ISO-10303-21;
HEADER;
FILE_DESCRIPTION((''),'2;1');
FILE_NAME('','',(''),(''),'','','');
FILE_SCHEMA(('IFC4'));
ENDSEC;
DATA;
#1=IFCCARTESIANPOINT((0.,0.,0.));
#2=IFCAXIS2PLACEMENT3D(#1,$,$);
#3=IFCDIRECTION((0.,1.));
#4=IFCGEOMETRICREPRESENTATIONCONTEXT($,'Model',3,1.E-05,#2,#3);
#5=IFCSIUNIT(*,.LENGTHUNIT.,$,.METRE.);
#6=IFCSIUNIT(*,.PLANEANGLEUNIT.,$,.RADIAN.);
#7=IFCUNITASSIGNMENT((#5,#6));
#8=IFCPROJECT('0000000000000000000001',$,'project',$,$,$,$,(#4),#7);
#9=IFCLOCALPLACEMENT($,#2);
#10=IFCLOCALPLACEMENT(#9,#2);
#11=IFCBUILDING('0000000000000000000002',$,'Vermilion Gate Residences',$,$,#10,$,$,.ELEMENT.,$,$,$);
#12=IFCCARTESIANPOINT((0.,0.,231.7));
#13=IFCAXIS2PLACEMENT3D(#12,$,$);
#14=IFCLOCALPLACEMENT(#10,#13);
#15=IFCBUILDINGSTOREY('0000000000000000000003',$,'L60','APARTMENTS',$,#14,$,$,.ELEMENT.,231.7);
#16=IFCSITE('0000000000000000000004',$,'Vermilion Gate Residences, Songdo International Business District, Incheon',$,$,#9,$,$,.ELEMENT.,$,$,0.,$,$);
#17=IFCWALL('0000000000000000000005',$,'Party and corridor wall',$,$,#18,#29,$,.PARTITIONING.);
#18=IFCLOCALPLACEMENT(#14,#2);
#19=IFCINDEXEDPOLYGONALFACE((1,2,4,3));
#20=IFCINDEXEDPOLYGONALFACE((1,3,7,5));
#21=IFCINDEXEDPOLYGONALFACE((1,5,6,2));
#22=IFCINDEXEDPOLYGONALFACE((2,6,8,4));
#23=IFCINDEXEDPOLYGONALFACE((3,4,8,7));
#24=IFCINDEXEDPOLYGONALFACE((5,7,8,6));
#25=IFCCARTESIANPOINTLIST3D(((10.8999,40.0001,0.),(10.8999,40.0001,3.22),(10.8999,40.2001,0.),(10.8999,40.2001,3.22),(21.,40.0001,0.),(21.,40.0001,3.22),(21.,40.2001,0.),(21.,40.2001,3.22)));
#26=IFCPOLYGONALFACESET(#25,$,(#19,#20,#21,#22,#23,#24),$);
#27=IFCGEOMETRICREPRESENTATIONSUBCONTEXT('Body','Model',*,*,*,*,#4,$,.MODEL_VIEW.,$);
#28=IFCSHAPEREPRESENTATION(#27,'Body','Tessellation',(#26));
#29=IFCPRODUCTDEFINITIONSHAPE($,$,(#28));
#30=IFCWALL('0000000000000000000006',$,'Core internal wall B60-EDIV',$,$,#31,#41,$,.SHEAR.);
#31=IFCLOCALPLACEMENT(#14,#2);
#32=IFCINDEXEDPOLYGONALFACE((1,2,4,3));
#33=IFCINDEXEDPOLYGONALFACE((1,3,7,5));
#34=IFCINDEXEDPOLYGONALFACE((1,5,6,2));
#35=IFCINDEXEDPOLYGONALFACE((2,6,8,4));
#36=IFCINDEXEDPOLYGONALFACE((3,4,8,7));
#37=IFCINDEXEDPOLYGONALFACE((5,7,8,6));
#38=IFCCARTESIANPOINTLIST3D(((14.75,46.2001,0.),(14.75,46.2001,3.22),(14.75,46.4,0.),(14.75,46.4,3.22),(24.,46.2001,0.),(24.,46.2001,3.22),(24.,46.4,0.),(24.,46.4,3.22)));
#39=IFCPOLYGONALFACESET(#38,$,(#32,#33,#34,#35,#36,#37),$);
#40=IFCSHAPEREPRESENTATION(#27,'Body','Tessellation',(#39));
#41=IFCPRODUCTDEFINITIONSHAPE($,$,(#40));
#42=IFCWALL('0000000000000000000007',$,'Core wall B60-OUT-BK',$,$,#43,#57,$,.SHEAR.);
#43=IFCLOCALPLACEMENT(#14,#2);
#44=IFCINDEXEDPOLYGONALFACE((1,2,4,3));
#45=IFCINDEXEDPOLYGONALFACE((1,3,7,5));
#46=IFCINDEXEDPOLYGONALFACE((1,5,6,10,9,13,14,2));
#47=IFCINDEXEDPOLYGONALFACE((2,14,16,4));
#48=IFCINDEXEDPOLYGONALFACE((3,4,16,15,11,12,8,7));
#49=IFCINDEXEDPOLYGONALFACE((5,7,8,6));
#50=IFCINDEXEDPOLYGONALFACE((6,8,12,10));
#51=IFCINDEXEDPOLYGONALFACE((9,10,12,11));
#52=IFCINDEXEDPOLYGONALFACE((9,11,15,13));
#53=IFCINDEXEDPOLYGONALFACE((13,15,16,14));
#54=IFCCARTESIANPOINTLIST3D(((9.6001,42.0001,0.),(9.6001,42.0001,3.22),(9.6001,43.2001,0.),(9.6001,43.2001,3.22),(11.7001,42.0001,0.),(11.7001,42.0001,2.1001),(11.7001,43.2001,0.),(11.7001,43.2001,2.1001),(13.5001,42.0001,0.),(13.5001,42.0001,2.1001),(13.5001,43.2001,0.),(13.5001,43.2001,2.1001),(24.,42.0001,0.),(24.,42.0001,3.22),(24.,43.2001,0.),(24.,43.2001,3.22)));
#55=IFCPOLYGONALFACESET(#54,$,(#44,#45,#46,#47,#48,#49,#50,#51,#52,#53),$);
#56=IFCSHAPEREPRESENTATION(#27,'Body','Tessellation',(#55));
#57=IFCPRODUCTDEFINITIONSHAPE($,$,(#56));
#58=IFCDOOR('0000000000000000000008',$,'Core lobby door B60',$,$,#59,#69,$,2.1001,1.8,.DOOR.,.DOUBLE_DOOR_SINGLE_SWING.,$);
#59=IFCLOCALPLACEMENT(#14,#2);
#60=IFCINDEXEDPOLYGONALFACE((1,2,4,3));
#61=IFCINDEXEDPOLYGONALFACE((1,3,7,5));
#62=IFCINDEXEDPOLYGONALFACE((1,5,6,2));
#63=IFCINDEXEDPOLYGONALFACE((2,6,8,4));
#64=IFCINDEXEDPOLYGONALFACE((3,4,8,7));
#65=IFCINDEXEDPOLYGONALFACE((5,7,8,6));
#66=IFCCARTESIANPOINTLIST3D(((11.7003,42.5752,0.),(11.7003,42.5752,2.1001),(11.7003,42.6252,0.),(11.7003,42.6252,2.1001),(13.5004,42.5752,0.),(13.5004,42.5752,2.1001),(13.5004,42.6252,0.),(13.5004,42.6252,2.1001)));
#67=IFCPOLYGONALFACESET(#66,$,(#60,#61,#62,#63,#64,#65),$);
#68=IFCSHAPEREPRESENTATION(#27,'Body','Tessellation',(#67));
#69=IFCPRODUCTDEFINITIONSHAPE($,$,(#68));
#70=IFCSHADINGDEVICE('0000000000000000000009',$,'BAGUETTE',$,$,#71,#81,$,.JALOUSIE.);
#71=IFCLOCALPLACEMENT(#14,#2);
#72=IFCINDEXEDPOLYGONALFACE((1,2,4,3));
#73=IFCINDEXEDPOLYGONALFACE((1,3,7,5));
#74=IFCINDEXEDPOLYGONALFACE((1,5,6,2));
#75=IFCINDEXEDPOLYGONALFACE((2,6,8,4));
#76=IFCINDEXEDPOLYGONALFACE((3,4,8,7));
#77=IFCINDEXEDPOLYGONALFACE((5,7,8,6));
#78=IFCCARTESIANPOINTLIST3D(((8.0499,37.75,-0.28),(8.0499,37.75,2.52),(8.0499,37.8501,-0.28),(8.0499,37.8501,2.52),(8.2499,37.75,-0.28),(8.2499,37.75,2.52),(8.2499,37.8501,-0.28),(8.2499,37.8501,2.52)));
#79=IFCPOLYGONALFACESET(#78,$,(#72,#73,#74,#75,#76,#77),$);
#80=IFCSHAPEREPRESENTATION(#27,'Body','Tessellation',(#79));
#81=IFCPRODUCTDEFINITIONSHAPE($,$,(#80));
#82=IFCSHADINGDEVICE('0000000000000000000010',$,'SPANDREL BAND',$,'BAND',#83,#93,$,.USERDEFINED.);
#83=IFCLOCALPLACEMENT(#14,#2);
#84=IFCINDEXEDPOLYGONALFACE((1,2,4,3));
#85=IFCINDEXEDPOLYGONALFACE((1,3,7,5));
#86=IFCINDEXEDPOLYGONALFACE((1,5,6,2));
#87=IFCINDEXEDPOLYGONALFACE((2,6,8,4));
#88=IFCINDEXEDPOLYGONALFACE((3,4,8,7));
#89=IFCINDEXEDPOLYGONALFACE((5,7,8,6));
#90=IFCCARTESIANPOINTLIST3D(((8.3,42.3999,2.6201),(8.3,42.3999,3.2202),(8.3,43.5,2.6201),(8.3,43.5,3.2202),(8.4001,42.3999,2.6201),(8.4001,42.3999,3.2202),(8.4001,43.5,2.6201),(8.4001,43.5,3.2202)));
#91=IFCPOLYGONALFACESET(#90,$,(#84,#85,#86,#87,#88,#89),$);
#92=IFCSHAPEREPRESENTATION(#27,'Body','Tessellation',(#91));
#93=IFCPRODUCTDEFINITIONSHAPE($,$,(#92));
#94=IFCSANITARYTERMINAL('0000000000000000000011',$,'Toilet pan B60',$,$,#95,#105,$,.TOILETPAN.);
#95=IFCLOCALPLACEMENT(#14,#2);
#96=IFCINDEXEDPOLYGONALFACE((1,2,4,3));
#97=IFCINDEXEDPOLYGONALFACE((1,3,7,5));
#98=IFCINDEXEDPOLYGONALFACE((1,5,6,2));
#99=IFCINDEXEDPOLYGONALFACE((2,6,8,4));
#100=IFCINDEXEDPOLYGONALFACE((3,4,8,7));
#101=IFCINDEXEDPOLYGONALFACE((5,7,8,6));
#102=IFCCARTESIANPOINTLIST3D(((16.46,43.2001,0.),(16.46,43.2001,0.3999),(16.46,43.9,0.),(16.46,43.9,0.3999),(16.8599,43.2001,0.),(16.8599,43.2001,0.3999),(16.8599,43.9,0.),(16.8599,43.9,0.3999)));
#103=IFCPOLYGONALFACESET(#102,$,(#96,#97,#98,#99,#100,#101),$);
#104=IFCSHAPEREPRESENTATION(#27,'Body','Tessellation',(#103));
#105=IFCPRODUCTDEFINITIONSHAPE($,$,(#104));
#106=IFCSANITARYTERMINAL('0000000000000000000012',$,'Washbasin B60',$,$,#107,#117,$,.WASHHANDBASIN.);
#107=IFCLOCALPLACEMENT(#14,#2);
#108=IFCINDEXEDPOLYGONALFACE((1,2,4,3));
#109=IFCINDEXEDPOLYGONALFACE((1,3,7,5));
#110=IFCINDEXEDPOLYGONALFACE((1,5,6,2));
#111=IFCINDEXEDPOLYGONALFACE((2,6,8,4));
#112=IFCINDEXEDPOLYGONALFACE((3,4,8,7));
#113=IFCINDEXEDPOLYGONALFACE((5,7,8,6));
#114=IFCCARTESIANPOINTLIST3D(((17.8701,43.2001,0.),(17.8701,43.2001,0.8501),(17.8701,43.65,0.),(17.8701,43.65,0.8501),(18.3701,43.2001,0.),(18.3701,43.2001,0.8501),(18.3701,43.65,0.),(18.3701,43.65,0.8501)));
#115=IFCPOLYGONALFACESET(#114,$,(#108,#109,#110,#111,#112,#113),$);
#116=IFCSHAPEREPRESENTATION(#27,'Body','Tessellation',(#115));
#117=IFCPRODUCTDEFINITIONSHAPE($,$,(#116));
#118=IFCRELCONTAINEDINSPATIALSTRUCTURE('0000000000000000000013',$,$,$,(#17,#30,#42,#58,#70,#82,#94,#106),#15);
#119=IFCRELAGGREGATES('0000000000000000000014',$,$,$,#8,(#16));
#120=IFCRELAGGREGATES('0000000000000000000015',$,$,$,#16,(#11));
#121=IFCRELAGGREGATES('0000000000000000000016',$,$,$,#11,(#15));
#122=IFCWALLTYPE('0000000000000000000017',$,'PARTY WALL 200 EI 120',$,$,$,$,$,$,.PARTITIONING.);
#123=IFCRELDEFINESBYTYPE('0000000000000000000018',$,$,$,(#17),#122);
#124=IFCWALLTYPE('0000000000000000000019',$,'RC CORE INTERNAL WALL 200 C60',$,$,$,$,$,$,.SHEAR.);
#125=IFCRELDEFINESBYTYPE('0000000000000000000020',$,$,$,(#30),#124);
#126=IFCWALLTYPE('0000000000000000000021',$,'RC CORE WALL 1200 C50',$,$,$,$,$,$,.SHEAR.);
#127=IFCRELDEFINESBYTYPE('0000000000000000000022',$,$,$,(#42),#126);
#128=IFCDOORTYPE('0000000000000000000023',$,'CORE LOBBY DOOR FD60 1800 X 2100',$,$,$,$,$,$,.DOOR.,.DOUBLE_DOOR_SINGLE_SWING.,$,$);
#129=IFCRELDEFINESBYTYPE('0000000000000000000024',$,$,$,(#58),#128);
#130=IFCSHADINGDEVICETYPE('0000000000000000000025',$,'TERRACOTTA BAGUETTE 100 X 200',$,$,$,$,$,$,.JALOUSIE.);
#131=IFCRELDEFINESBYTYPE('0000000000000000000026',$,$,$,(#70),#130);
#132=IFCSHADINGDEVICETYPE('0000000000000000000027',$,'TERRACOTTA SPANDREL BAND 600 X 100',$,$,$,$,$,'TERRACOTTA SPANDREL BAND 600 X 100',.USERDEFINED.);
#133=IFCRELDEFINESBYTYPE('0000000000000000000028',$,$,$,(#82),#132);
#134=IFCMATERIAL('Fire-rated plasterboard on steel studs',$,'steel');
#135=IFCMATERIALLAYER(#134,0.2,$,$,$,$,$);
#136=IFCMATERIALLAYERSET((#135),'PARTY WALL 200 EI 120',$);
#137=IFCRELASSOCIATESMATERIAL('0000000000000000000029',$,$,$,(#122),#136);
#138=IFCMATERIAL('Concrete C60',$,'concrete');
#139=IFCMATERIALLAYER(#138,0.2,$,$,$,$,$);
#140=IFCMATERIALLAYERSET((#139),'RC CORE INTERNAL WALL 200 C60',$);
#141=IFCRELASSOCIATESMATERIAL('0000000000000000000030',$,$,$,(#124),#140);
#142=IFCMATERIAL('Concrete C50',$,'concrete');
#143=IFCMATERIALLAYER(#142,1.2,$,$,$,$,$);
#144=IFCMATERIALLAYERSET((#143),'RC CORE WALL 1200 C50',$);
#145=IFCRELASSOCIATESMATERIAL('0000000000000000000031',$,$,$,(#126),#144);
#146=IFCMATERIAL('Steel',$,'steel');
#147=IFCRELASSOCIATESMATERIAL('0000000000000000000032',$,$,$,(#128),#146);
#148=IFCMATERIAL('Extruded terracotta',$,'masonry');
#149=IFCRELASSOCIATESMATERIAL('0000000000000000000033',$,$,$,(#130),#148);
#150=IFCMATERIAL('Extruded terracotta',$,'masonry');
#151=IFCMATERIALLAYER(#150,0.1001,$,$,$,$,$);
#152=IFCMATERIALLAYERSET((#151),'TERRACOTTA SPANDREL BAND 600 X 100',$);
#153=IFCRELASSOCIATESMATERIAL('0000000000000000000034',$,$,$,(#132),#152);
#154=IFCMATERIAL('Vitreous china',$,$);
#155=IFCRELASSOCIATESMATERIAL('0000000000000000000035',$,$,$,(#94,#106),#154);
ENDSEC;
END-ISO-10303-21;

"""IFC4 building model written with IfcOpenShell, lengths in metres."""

from ifc_helpers import new_model, si_unit, direction, frame, frame_2d, origin, origin_2d, place, context, subcontext, project, spatial, rectangle, extrude, material, layer, layer_set, material_profile, profile_set, type_object, element, fill, save


model = new_model("IFC4")

# Units and contexts
model_context = context("Model", 3, precision=1e-05, world=origin(), true_north=direction((0.0, 1.0)))
body_context = subcontext(model_context, "Body", "Model", "MODEL_VIEW")
ifc_project = project(units=[si_unit("LENGTHUNIT", "METRE"), si_unit("PLANEANGLEUNIT", "RADIAN")], contexts=[model_context])

# Site, building, storey
site_placement = place(None, origin())
site = spatial("IfcSite", under=ifc_project, at=site_placement, Name="Vermilion Gate Residences, Songdo International Business District, Incheon", CompositionType="ELEMENT", RefElevation=0.0)
building_placement = place(site_placement, origin())
building = spatial("IfcBuilding", under=site, at=building_placement, Name="Vermilion Gate Residences", CompositionType="ELEMENT")
storey_placement = place(building_placement, frame((0.0, 0.0, 231.7)))
storey = spatial("IfcBuildingStorey", under=building, at=storey_placement, Name="L60", Description="APARTMENTS", CompositionType="ELEMENT", Elevation=231.7)

# Walls
ifc_material_1 = material(Name="Fire-rated plasterboard on steel studs", Category="steel")
ifc_layer_1 = layer(ifc_material_1, 0.2)
ifc_layer_set_1 = layer_set([ifc_layer_1], Name="PARTY WALL 200 EI 120")
wall_type_1 = type_object("IfcWallType", Name="PARTY WALL 200 EI 120", PredefinedType="PARTITIONING", material=ifc_layer_set_1)
wall_1_placement = place(storey_placement, frame((10.8999, 40.1001, 0.0), z_axis=(0.0, 0.0, 1.0), x_axis=(1.0, 0.0, 0.0)))
element("IfcWall", 1, at=wall_1_placement, inside=storey, type_object=wall_type_1, Name="Party and corridor wall", PredefinedType="PARTITIONING", context=body_context, shape_type="SweptSolid", body=[
    extrude(rectangle(XDim=10.1001, YDim=0.2, at=frame_2d((5.05, 0.0))), origin(), (0.0, 0.0, 1.0), 3.22),
])
ifc_material_2 = material(Name="Concrete C60", Category="concrete")
ifc_layer_2 = layer(ifc_material_2, 0.2)
ifc_layer_set_2 = layer_set([ifc_layer_2], Name="RC CORE INTERNAL WALL 200 C60")
wall_type_2 = type_object("IfcWallType", Name="RC CORE INTERNAL WALL 200 C60", PredefinedType="SHEAR", material=ifc_layer_set_2)
wall_2_placement = place(storey_placement, frame((14.75, 46.3, 0.0), z_axis=(0.0, 0.0, 1.0), x_axis=(1.0, 0.0, 0.0)))
element("IfcWall", 2, at=wall_2_placement, inside=storey, type_object=wall_type_2, Name="Core internal wall B60-EDIV", PredefinedType="SHEAR", context=body_context, shape_type="SweptSolid", body=[
    extrude(rectangle(XDim=9.25, YDim=0.2, at=frame_2d((4.625, 0.0))), origin(), (0.0, 0.0, 1.0), 3.22),
])

# Wall, opening, door
ifc_material_3 = material(Name="Concrete C50", Category="concrete")
ifc_layer_3 = layer(ifc_material_3, 1.2)
ifc_layer_set_3 = layer_set([ifc_layer_3], Name="RC CORE WALL 1200 C50")
wall_type_3 = type_object("IfcWallType", Name="RC CORE WALL 1200 C50", PredefinedType="SHEAR", material=ifc_layer_set_3)
wall_3_placement = place(storey_placement, frame((9.6001, 42.6001, 0.0), z_axis=(0.0, 0.0, 1.0), x_axis=(1.0, 0.0, 0.0)))
wall_3 = element("IfcWall", 3, at=wall_3_placement, inside=storey, type_object=wall_type_3, Name="Core wall B60-OUT-BK", PredefinedType="SHEAR", context=body_context, shape_type="SweptSolid", body=[
    extrude(rectangle(XDim=14.3999, YDim=1.2, at=frame_2d((7.2, 0.0))), origin(), (0.0, 0.0, 1.0), 3.22),
])
opening_1_placement = place(wall_3_placement, frame((2.1001, 0.0, 0.0)))
opening_1 = element("IfcOpeningElement", 4, at=opening_1_placement, cuts=wall_3, PredefinedType="OPENING", context=body_context, shape_type="SweptSolid", body=[
    extrude(rectangle(XDim=1.8, YDim=2.1001, at=frame_2d((0.8999, 1.05))), frame((0.0, 0.6099, 0.0), z_axis=(0.0, -1.0, 0.0), x_axis=(1.0, 0.0, 0.0)), (0.0, 0.0, 1.0), 1.22),
])
ifc_material_4 = material(Name="Steel", Category="steel")
door_type_1 = type_object("IfcDoorType", Name="CORE LOBBY DOOR FD60 1800 X 2100", OperationType="DOUBLE_DOOR_SINGLE_SWING", PredefinedType="DOOR", material=ifc_material_4)
door_1_placement = place(opening_1_placement, frame((1.8, 0.0, 0.0), z_axis=(0.0, 0.0, 1.0), x_axis=(-1.0, 0.0, 0.0)))
door_1 = element("IfcDoor", 5, at=door_1_placement, inside=storey, type_object=door_type_1, Name="Core lobby door B60", OperationType="DOUBLE_DOOR_SINGLE_SWING", OverallHeight=2.1001, OverallWidth=1.8, PredefinedType="DOOR", context=body_context, shape_type="SweptSolid", body=[
    extrude(rectangle(XDim=1.8, YDim=2.1001, at=frame_2d((0.8999, 1.05))), frame((0.0, 0.0249, 0.0), z_axis=(0.0, -1.0, 0.0), x_axis=(1.0, 0.0, 0.0)), (0.0, 0.0, 1.0), 0.05),
])
fill(opening_1, door_1)

# Shading devices
ifc_material_5 = material(Name="Extruded terracotta", Category="masonry")
ifc_material_profile = material_profile(ifc_material_5, rectangle(XDim=0.2, YDim=0.1001, at=origin_2d()), Name="BAGUETTE 100 X 200")
ifc_profile_set = profile_set([ifc_material_profile], Name="Extruded terracotta")
shading_device_type_1 = type_object("IfcShadingDeviceType", Name="TERRACOTTA BAGUETTE 100 X 200", PredefinedType="JALOUSIE", material=ifc_profile_set)
shading_device_1_placement = place(storey_placement, frame((8.1499, 37.8, -0.28), z_axis=(0.0, 0.0, 1.0), x_axis=(1.0, 0.0, 0.0)))
element("IfcShadingDevice", 6, at=shading_device_1_placement, inside=storey, type_object=shading_device_type_1, Name="BAGUETTE", PredefinedType="JALOUSIE", context=body_context, shape_type="SweptSolid", body=[
    extrude(rectangle(XDim=0.2, YDim=0.1001, at=origin_2d()), origin(), (0.0, 0.0, 1.0), 2.8),
])
ifc_material_6 = material(Name="Extruded terracotta", Category="masonry")
ifc_layer_4 = layer(ifc_material_6, 0.1001)
ifc_layer_set_4 = layer_set([ifc_layer_4], Name="TERRACOTTA SPANDREL BAND 600 X 100")
shading_device_type_2 = type_object("IfcShadingDeviceType", Name="TERRACOTTA SPANDREL BAND 600 X 100", ElementType="TERRACOTTA SPANDREL BAND 600 X 100", PredefinedType="USERDEFINED", material=ifc_layer_set_4)
shading_device_2_placement = place(storey_placement, frame((8.3501, 42.95, 2.6201), z_axis=(0.0, 0.0, 1.0), x_axis=(0.0, 1.0, 0.0)))
element("IfcShadingDevice", 7, at=shading_device_2_placement, inside=storey, type_object=shading_device_type_2, Name="SPANDREL BAND", ObjectType="BAND", PredefinedType="USERDEFINED", context=body_context, shape_type="SweptSolid", body=[
    extrude(rectangle(XDim=1.1001, YDim=0.1001, at=origin_2d()), origin(), (0.0, 0.0, 1.0), 0.6001),
])

# Sanitary terminals
ifc_material_7 = material(Name="Vitreous china")
sanitary_terminal_1_placement = place(storey_placement, frame((16.6599, 43.55, 0.0), z_axis=(0.0, 0.0, 1.0), x_axis=(1.0, 0.0, 0.0)))
element("IfcSanitaryTerminal", 8, at=sanitary_terminal_1_placement, inside=storey, material=ifc_material_7, Name="Toilet pan B60", PredefinedType="TOILETPAN", context=body_context, shape_type="SweptSolid", body=[
    extrude(rectangle(XDim=0.3999, YDim=0.7, at=origin_2d()), origin(), (0.0, 0.0, 1.0), 0.3999),
])
sanitary_terminal_2_placement = place(storey_placement, frame((18.1201, 43.425, 0.0), z_axis=(0.0, 0.0, 1.0), x_axis=(1.0, 0.0, 0.0)))
element("IfcSanitaryTerminal", 9, at=sanitary_terminal_2_placement, inside=storey, material=ifc_material_7, Name="Washbasin B60", PredefinedType="WASHHANDBASIN", context=body_context, shape_type="SweptSolid", body=[
    extrude(rectangle(XDim=0.5, YDim=0.45, at=origin_2d()), origin(), (0.0, 0.0, 1.0), 0.8501),
])

save(model, "model.ifc")
